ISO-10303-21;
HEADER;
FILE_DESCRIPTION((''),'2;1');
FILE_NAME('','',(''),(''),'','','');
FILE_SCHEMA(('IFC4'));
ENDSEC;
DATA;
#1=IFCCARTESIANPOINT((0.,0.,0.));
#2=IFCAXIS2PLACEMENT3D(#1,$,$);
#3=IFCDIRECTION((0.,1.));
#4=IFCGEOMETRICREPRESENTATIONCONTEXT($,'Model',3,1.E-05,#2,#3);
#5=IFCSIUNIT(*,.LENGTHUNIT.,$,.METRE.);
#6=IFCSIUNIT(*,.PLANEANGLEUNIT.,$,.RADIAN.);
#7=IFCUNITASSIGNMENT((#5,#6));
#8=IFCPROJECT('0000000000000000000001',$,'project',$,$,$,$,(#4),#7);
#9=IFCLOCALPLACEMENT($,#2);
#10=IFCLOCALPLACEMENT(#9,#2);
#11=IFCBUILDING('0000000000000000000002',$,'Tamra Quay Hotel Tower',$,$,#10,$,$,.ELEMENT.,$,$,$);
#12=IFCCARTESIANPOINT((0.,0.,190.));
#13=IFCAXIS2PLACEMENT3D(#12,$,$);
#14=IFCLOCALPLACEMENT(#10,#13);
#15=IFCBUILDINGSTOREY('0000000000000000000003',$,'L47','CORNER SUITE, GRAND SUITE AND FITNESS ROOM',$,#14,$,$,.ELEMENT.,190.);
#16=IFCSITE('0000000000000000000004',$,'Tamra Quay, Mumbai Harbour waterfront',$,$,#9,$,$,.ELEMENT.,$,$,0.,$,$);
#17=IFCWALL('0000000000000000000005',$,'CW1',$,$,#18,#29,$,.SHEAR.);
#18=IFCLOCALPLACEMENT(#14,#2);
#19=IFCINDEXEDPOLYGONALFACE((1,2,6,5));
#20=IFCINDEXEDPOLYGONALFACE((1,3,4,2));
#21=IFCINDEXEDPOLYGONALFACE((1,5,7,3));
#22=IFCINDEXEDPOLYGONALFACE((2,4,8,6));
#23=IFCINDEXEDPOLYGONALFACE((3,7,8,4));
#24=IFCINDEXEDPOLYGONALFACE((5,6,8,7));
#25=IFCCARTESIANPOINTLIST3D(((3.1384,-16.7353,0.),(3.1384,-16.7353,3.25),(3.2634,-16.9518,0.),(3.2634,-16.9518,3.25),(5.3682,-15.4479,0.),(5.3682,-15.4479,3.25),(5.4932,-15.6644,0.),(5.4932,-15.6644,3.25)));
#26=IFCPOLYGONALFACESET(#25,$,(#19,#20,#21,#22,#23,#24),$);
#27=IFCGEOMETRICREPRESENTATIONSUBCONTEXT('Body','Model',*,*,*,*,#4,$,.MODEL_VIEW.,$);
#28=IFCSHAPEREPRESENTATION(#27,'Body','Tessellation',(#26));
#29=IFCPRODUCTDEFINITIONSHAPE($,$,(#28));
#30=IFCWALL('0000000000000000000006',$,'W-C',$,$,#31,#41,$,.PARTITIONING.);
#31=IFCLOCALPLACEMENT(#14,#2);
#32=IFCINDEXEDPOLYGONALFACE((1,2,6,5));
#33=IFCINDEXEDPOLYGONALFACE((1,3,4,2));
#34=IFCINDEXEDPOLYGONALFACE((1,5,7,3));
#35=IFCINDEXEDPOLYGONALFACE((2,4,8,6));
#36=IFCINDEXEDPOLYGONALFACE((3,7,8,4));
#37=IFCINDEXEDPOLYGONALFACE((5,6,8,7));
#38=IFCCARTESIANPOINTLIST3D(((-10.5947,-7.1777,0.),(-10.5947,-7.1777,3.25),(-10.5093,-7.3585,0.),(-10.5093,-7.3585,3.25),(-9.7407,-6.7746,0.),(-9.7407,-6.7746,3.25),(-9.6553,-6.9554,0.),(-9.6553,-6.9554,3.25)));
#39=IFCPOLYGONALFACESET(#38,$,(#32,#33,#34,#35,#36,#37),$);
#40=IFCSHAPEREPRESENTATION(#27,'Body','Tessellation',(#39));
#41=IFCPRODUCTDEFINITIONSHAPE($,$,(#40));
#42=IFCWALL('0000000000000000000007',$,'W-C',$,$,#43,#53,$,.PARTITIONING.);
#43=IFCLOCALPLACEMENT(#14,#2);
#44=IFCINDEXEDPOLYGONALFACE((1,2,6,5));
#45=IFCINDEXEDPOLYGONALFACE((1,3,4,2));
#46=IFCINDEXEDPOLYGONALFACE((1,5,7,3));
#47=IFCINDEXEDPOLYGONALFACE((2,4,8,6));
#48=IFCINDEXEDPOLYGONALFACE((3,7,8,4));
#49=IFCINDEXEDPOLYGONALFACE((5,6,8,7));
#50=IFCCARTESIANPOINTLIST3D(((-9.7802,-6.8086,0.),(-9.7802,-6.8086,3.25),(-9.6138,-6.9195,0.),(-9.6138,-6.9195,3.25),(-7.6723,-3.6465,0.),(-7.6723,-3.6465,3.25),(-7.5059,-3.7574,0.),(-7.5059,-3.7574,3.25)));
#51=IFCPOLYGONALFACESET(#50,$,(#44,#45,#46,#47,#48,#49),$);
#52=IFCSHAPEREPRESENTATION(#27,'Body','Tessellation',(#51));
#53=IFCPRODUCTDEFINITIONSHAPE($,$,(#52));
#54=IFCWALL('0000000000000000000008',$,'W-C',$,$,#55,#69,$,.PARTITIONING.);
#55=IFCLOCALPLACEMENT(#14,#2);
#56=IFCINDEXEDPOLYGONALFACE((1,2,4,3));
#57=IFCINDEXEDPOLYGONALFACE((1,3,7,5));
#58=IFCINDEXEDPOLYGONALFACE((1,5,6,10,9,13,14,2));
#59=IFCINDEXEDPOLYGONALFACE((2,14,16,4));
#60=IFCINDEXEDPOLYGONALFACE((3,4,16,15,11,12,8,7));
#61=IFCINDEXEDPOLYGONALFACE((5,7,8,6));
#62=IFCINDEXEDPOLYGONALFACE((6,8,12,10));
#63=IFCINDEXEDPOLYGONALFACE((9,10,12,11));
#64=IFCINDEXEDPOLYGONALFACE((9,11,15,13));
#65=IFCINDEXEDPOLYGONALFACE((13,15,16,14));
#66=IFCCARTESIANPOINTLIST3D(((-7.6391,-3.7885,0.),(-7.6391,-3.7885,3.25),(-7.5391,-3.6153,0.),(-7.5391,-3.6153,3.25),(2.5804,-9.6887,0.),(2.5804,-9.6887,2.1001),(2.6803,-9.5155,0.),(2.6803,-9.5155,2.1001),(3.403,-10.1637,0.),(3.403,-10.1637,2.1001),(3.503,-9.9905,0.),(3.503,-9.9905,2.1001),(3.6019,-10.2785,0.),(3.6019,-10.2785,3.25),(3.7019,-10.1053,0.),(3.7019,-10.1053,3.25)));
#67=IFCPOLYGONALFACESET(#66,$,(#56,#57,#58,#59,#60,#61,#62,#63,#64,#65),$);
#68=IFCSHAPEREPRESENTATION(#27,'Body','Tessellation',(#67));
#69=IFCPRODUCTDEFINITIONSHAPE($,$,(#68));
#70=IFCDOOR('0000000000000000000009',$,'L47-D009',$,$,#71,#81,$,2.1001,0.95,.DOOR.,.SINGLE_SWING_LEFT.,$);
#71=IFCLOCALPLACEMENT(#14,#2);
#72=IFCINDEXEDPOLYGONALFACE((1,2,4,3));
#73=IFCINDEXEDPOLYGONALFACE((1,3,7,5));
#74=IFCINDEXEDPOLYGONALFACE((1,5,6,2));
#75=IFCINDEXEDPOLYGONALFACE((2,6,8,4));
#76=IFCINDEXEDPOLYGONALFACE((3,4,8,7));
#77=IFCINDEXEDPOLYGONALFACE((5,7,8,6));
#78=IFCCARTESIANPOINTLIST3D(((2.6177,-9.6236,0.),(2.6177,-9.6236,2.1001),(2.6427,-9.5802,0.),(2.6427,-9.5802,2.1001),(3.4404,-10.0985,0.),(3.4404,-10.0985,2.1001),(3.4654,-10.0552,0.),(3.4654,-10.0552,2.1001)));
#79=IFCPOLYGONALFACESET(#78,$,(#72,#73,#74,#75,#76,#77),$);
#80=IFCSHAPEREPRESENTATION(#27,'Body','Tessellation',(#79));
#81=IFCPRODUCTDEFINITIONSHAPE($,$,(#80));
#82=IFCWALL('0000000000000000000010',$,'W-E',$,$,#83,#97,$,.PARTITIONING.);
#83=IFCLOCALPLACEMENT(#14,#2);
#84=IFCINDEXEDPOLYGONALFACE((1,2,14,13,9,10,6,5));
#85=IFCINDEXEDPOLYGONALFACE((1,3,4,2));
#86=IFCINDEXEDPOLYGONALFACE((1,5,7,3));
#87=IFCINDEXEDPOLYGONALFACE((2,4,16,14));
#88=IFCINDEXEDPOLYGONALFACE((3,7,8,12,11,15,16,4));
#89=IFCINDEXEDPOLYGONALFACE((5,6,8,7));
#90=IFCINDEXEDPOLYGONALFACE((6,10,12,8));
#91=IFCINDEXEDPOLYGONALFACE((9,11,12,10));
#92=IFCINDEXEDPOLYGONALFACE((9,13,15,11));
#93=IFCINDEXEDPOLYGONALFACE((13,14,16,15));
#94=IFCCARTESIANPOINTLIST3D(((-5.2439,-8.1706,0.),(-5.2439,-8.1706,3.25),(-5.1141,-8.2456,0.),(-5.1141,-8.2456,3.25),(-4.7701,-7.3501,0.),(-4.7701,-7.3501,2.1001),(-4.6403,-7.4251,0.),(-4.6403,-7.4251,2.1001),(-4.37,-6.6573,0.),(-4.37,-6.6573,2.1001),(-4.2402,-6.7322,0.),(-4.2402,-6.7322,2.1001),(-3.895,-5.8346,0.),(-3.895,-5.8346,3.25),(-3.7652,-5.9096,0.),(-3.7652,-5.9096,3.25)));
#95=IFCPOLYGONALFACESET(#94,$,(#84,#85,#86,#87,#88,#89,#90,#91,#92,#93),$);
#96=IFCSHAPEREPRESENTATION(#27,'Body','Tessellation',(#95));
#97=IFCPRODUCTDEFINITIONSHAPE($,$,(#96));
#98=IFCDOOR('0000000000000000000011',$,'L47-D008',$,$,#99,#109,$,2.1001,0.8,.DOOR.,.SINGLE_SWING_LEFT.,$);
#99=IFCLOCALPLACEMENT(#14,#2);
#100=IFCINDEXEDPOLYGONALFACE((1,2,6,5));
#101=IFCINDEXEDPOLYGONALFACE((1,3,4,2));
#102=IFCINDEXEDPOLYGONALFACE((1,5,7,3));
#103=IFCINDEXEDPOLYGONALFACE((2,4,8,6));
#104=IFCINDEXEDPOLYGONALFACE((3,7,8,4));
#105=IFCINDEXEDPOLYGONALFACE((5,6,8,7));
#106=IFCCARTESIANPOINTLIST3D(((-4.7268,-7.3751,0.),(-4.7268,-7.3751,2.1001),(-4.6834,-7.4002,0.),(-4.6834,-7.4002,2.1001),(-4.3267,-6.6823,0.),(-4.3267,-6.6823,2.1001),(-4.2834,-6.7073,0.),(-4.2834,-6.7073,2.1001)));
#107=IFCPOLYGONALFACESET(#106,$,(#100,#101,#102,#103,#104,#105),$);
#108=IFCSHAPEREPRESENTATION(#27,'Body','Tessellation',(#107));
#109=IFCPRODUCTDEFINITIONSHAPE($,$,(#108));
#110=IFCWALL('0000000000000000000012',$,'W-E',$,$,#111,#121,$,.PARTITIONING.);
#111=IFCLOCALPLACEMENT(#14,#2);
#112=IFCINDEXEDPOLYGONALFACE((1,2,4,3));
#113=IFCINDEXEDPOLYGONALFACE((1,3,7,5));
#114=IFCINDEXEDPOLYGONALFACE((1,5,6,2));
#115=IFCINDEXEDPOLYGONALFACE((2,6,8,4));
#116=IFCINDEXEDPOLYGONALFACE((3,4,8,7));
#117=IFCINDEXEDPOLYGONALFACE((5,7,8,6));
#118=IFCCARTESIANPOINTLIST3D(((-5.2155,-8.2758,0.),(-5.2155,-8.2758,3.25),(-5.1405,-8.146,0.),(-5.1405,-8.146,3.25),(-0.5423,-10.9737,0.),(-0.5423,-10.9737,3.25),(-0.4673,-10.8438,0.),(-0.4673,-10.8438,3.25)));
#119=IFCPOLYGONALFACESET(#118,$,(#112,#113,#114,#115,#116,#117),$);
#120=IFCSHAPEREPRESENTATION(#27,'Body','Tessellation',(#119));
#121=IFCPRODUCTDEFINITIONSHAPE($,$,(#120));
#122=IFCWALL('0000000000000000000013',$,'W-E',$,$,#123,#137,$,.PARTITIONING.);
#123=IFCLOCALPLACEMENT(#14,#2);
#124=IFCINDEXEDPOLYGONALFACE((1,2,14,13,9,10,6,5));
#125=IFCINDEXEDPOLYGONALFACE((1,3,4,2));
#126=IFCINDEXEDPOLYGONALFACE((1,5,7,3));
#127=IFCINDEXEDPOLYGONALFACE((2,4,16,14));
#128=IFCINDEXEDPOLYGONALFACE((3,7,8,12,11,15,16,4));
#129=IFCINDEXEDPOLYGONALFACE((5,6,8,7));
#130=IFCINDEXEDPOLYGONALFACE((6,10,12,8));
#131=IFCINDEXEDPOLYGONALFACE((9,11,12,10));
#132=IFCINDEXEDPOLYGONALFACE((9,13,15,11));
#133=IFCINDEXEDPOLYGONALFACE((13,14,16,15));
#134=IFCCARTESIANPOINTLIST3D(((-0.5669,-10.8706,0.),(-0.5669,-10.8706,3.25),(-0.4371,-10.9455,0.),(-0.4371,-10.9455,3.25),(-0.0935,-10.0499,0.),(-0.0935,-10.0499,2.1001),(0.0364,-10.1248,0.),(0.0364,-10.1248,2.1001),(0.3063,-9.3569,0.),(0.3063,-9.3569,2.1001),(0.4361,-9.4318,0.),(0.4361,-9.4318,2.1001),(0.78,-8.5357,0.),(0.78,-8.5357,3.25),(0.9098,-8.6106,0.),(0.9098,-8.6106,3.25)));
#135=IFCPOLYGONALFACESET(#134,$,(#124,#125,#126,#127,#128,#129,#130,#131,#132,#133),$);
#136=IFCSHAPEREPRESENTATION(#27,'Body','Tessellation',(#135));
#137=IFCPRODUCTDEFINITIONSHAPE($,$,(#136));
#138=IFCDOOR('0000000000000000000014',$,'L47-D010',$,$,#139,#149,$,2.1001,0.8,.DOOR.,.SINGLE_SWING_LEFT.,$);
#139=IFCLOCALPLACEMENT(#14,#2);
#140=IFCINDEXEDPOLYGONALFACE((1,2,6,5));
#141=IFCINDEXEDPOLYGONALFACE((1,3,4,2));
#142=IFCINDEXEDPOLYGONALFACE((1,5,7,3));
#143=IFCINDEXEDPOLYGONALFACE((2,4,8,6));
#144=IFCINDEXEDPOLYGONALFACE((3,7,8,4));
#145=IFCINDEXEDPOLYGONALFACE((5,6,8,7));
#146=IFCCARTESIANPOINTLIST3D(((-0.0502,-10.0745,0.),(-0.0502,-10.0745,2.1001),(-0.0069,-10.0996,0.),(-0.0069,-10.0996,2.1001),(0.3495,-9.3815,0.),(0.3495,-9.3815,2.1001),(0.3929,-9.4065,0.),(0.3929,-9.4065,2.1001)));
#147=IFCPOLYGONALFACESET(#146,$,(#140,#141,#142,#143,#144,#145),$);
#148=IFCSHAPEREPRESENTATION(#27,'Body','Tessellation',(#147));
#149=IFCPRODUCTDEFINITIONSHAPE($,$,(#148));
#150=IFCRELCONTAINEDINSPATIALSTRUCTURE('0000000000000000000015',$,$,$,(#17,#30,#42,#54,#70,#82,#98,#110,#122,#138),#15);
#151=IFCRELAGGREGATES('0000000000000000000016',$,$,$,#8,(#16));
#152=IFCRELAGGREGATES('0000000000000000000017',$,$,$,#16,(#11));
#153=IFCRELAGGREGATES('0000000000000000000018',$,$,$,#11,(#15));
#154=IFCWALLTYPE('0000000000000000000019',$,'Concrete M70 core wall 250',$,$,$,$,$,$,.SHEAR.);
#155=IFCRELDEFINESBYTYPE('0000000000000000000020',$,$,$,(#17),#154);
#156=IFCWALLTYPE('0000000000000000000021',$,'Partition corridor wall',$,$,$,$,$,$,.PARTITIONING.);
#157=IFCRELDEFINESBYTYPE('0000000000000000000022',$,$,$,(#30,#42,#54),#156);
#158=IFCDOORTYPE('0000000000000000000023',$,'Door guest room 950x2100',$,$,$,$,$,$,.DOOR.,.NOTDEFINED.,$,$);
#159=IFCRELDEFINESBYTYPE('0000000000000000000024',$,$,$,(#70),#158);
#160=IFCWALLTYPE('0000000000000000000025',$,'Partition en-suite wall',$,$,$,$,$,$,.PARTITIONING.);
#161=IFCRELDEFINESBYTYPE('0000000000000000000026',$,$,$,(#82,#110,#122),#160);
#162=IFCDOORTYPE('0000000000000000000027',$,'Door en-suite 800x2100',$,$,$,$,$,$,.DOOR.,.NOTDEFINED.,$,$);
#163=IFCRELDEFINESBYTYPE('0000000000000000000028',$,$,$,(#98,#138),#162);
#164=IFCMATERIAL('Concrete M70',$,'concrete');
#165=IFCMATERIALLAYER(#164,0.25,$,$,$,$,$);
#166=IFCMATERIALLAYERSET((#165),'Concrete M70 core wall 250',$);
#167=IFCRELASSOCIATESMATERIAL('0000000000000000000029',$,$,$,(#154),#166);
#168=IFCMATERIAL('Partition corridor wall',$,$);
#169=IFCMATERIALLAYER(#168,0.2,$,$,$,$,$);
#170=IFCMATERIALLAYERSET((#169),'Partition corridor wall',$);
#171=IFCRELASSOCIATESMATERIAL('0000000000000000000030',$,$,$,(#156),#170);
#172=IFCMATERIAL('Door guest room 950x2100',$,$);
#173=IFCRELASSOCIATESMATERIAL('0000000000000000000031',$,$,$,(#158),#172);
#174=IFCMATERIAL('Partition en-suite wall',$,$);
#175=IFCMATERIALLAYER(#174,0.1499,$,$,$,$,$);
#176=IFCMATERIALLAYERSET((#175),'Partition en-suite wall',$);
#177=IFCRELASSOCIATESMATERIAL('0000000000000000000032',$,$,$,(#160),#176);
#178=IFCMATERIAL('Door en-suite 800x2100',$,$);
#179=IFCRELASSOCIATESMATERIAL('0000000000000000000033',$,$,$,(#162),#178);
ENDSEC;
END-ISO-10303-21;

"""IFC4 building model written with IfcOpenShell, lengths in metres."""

from ifc_helpers import new_model, si_unit, direction, frame, frame_2d, origin, place, context, subcontext, project, spatial, rectangle, extrude, material, layer, layer_set, type_object, element, fill, save


model = new_model("IFC4")

# Units and contexts
model_context = context("Model", 3, precision=1e-05, world=origin(), true_north=direction((0.0, 1.0)))
body_context = subcontext(model_context, "Body", "Model", "MODEL_VIEW")
ifc_project = project(units=[si_unit("LENGTHUNIT", "METRE"), si_unit("PLANEANGLEUNIT", "RADIAN")], contexts=[model_context])

# Site, building, storey
site_placement = place(None, origin())
site = spatial("IfcSite", under=ifc_project, at=site_placement, Name="Tamra Quay, Mumbai Harbour waterfront", CompositionType="ELEMENT", RefElevation=0.0)
building_placement = place(site_placement, origin())
building = spatial("IfcBuilding", under=site, at=building_placement, Name="Tamra Quay Hotel Tower", CompositionType="ELEMENT")
storey_placement = place(building_placement, frame((0.0, 0.0, 190.0)))
storey = spatial("IfcBuildingStorey", under=building, at=storey_placement, Name="L47", Description="CORNER SUITE, GRAND SUITE AND FITNESS ROOM", CompositionType="ELEMENT", Elevation=190.0)

# Shared definitions
ifc_material_1 = material(Name="Concrete M70", Category="concrete")

# Shared definitions
ifc_layer_1 = layer(ifc_material_1, 0.25)
ifc_layer_set_1 = layer_set([ifc_layer_1], Name="Concrete M70 core wall 250")
wall_type_1 = type_object("IfcWallType", Name="Concrete M70 core wall 250", PredefinedType="SHEAR", material=ifc_layer_set_1)

# Walls
wall_1_placement = place(storey_placement, frame((5.4307, -15.5562, 0.0), z_axis=(0.0, 0.0, 1.0), x_axis=(-0.866023, -0.500004, 0.0)))
element("IfcWall", 1, at=wall_1_placement, inside=storey, type_object=wall_type_1, Name="CW1", PredefinedType="SHEAR", context=body_context, shape_type="SweptSolid", body=[
    extrude(rectangle(XDim=2.5747, YDim=0.25, at=frame_2d((1.2874, 0.0))), origin(), (0.0, 0.0, 1.0), 3.25),
])
ifc_material_2 = material(Name="Partition corridor wall")
ifc_layer_2 = layer(ifc_material_2, 0.2)
ifc_layer_set_2 = layer_set([ifc_layer_2], Name="Partition corridor wall")
wall_type_2 = type_object("IfcWallType", Name="Partition corridor wall", PredefinedType="PARTITIONING", material=ifc_layer_set_2)
wall_2_placement = place(storey_placement, frame((-10.552, -7.2681, 0.0), z_axis=(0.0, 0.0, 1.0), x_axis=(0.904332, 0.42683, 0.0)))
element("IfcWall", 2, at=wall_2_placement, inside=storey, type_object=wall_type_2, Name="W-C", PredefinedType="PARTITIONING", context=body_context, shape_type="SweptSolid", body=[
    extrude(rectangle(XDim=0.9443, YDim=0.2, at=frame_2d((0.4722, 0.0))), origin(), (0.0, 0.0, 1.0), 3.25),
])
wall_3_placement = place(storey_placement, frame((-9.697, -6.864, 0.0), z_axis=(0.0, 0.0, 1.0), x_axis=(0.554671, 0.83207, 0.0)))
element("IfcWall", 3, at=wall_3_placement, inside=storey, type_object=wall_type_2, Name="W-C", PredefinedType="PARTITIONING", context=body_context, shape_type="SweptSolid", body=[
    extrude(rectangle(XDim=3.8003, YDim=0.2, at=frame_2d((1.9001, 0.0))), origin(), (0.0, 0.0, 1.0), 3.25),
])

# Walls, openings, doors
wall_4_placement = place(storey_placement, frame((-7.5891, -3.7019, 0.0), z_axis=(0.0, 0.0, 1.0), x_axis=(0.866025, -0.500001, 0.0)))
wall_4 = element("IfcWall", 4, at=wall_4_placement, inside=storey, type_object=wall_type_2, Name="W-C", PredefinedType="PARTITIONING", context=body_context, shape_type="SweptSolid", body=[
    extrude(rectangle(XDim=12.98, YDim=0.2, at=frame_2d((6.49, 0.0))), origin(), (0.0, 0.0, 1.0), 3.25),
])
opening_1_placement = place(wall_4_placement, frame((11.8003, 0.0, 0.0)))
opening_1 = element("IfcOpeningElement", 5, at=opening_1_placement, cuts=wall_4, PredefinedType="OPENING", context=body_context, shape_type="SweptSolid", body=[
    extrude(rectangle(XDim=0.95, YDim=2.1001, at=frame_2d((0.4751, 1.05))), frame((0.0, 0.1099, 0.0), z_axis=(0.0, -1.0, 0.0), x_axis=(1.0, 0.0, 0.0)), (0.0, 0.0, 1.0), 0.22),
])
ifc_material_3 = material(Name="Door guest room 950x2100")
door_type_1 = type_object("IfcDoorType", Name="Door guest room 950x2100", OperationType="NOTDEFINED", PredefinedType="DOOR", material=ifc_material_3)
door_1_placement = place(opening_1_placement, frame((0.95, 0.0, 0.0), z_axis=(0.0, 0.0, 1.0), x_axis=(-1.0, 0.0, 0.0)))
door_1 = element("IfcDoor", 6, at=door_1_placement, inside=storey, type_object=door_type_1, Name="L47-D009", OperationType="SINGLE_SWING_LEFT", OverallHeight=2.1001, OverallWidth=0.95, PredefinedType="DOOR", context=body_context, shape_type="SweptSolid", body=[
    extrude(rectangle(XDim=0.95, YDim=2.1001, at=frame_2d((0.4751, 1.05))), frame((0.0, 0.0249, 0.0), z_axis=(0.0, -1.0, 0.0), x_axis=(1.0, 0.0, 0.0)), (0.0, 0.0, 1.0), 0.05),
])
fill(opening_1, door_1)
ifc_material_4 = material(Name="Partition en-suite wall")
ifc_layer_3 = layer(ifc_material_4, 0.1499)
ifc_layer_set_3 = layer_set([ifc_layer_3], Name="Partition en-suite wall")
wall_type_3 = type_object("IfcWallType", Name="Partition en-suite wall", PredefinedType="PARTITIONING", material=ifc_layer_set_3)
wall_5_placement = place(storey_placement, frame((-5.179, -8.208, 0.0), z_axis=(0.0, 0.0, 1.0), x_axis=(0.500062, 0.86599, 0.0)))
wall_5 = element("IfcWall", 7, at=wall_5_placement, inside=storey, type_object=wall_type_3, Name="W-E", PredefinedType="PARTITIONING", context=body_context, shape_type="SweptSolid", body=[
    extrude(rectangle(XDim=2.6975, YDim=0.1499, at=frame_2d((1.3486, 0.0))), origin(), (0.0, 0.0, 1.0), 3.25),
])
opening_2_placement = place(wall_5_placement, frame((0.9475, 0.0, 0.0)))
opening_2 = element("IfcOpeningElement", 8, at=opening_2_placement, cuts=wall_5, PredefinedType="OPENING", context=body_context, shape_type="SweptSolid", body=[
    extrude(rectangle(XDim=0.8, YDim=2.1001, at=frame_2d((0.3999, 1.05))), frame((0.0, 0.085, 0.0), z_axis=(0.0, -1.0, 0.0), x_axis=(1.0, 0.0, 0.0)), (0.0, 0.0, 1.0), 0.1699),
])
ifc_material_5 = material(Name="Door en-suite 800x2100")
door_type_2 = type_object("IfcDoorType", Name="Door en-suite 800x2100", OperationType="NOTDEFINED", PredefinedType="DOOR", material=ifc_material_5)
door_2_placement = place(opening_2_placement, origin())
door_2 = element("IfcDoor", 9, at=door_2_placement, inside=storey, type_object=door_type_2, Name="L47-D008", OperationType="SINGLE_SWING_LEFT", OverallHeight=2.1001, OverallWidth=0.8, PredefinedType="DOOR", context=body_context, shape_type="SweptSolid", body=[
    extrude(rectangle(XDim=0.8, YDim=2.1001, at=frame_2d((0.3999, 1.05))), frame((0.0, 0.0249, 0.0), z_axis=(0.0, -1.0, 0.0), x_axis=(1.0, 0.0, 0.0)), (0.0, 0.0, 1.0), 0.05),
])
fill(opening_2, door_2)

# Wall
wall_6_placement = place(storey_placement, frame((-5.178, -8.2109, 0.0), z_axis=(0.0, 0.0, 1.0), x_axis=(0.866046, -0.499964, 0.0)))
element("IfcWall", 10, at=wall_6_placement, inside=storey, type_object=wall_type_3, Name="W-E", PredefinedType="PARTITIONING", context=body_context, shape_type="SweptSolid", body=[
    extrude(rectangle(XDim=5.396, YDim=0.1499, at=frame_2d((2.698, 0.0))), origin(), (0.0, 0.0, 1.0), 3.25),
])

# Wall, opening, door
wall_7_placement = place(storey_placement, frame((-0.502, -10.908, 0.0), z_axis=(0.0, 0.0, 1.0), x_axis=(0.499675, 0.866213, 0.0)))
wall_7 = element("IfcWall", 11, at=wall_7_placement, inside=storey, type_object=wall_type_3, Name="W-E", PredefinedType="PARTITIONING", context=body_context, shape_type="SweptSolid", body=[
    extrude(rectangle(XDim=2.6956, YDim=0.1499, at=frame_2d((1.3477, 0.0))), origin(), (0.0, 0.0, 1.0), 3.25),
])
opening_3_placement = place(wall_7_placement, frame((0.9475, 0.0, 0.0)))
opening_3 = element("IfcOpeningElement", 12, at=opening_3_placement, cuts=wall_7, PredefinedType="OPENING", context=body_context, shape_type="SweptSolid", body=[
    extrude(rectangle(XDim=0.8, YDim=2.1001, at=frame_2d((0.3999, 1.05))), frame((0.0, 0.085, 0.0), z_axis=(0.0, -1.0, 0.0), x_axis=(1.0, 0.0, 0.0)), (0.0, 0.0, 1.0), 0.1699),
])
door_3_placement = place(opening_3_placement, frame((0.8, 0.0, 0.0), z_axis=(0.0, 0.0, 1.0), x_axis=(-1.0, 0.0, 0.0)))
door_3 = element("IfcDoor", 13, at=door_3_placement, inside=storey, type_object=door_type_2, Name="L47-D010", OperationType="SINGLE_SWING_LEFT", OverallHeight=2.1001, OverallWidth=0.8, PredefinedType="DOOR", context=body_context, shape_type="SweptSolid", body=[
    extrude(rectangle(XDim=0.8, YDim=2.1001, at=frame_2d((0.3999, 1.05))), frame((0.0, 0.0249, 0.0), z_axis=(0.0, -1.0, 0.0), x_axis=(1.0, 0.0, 0.0)), (0.0, 0.0, 1.0), 0.05),
])
fill(opening_3, door_3)

save(model, "model.ifc")
